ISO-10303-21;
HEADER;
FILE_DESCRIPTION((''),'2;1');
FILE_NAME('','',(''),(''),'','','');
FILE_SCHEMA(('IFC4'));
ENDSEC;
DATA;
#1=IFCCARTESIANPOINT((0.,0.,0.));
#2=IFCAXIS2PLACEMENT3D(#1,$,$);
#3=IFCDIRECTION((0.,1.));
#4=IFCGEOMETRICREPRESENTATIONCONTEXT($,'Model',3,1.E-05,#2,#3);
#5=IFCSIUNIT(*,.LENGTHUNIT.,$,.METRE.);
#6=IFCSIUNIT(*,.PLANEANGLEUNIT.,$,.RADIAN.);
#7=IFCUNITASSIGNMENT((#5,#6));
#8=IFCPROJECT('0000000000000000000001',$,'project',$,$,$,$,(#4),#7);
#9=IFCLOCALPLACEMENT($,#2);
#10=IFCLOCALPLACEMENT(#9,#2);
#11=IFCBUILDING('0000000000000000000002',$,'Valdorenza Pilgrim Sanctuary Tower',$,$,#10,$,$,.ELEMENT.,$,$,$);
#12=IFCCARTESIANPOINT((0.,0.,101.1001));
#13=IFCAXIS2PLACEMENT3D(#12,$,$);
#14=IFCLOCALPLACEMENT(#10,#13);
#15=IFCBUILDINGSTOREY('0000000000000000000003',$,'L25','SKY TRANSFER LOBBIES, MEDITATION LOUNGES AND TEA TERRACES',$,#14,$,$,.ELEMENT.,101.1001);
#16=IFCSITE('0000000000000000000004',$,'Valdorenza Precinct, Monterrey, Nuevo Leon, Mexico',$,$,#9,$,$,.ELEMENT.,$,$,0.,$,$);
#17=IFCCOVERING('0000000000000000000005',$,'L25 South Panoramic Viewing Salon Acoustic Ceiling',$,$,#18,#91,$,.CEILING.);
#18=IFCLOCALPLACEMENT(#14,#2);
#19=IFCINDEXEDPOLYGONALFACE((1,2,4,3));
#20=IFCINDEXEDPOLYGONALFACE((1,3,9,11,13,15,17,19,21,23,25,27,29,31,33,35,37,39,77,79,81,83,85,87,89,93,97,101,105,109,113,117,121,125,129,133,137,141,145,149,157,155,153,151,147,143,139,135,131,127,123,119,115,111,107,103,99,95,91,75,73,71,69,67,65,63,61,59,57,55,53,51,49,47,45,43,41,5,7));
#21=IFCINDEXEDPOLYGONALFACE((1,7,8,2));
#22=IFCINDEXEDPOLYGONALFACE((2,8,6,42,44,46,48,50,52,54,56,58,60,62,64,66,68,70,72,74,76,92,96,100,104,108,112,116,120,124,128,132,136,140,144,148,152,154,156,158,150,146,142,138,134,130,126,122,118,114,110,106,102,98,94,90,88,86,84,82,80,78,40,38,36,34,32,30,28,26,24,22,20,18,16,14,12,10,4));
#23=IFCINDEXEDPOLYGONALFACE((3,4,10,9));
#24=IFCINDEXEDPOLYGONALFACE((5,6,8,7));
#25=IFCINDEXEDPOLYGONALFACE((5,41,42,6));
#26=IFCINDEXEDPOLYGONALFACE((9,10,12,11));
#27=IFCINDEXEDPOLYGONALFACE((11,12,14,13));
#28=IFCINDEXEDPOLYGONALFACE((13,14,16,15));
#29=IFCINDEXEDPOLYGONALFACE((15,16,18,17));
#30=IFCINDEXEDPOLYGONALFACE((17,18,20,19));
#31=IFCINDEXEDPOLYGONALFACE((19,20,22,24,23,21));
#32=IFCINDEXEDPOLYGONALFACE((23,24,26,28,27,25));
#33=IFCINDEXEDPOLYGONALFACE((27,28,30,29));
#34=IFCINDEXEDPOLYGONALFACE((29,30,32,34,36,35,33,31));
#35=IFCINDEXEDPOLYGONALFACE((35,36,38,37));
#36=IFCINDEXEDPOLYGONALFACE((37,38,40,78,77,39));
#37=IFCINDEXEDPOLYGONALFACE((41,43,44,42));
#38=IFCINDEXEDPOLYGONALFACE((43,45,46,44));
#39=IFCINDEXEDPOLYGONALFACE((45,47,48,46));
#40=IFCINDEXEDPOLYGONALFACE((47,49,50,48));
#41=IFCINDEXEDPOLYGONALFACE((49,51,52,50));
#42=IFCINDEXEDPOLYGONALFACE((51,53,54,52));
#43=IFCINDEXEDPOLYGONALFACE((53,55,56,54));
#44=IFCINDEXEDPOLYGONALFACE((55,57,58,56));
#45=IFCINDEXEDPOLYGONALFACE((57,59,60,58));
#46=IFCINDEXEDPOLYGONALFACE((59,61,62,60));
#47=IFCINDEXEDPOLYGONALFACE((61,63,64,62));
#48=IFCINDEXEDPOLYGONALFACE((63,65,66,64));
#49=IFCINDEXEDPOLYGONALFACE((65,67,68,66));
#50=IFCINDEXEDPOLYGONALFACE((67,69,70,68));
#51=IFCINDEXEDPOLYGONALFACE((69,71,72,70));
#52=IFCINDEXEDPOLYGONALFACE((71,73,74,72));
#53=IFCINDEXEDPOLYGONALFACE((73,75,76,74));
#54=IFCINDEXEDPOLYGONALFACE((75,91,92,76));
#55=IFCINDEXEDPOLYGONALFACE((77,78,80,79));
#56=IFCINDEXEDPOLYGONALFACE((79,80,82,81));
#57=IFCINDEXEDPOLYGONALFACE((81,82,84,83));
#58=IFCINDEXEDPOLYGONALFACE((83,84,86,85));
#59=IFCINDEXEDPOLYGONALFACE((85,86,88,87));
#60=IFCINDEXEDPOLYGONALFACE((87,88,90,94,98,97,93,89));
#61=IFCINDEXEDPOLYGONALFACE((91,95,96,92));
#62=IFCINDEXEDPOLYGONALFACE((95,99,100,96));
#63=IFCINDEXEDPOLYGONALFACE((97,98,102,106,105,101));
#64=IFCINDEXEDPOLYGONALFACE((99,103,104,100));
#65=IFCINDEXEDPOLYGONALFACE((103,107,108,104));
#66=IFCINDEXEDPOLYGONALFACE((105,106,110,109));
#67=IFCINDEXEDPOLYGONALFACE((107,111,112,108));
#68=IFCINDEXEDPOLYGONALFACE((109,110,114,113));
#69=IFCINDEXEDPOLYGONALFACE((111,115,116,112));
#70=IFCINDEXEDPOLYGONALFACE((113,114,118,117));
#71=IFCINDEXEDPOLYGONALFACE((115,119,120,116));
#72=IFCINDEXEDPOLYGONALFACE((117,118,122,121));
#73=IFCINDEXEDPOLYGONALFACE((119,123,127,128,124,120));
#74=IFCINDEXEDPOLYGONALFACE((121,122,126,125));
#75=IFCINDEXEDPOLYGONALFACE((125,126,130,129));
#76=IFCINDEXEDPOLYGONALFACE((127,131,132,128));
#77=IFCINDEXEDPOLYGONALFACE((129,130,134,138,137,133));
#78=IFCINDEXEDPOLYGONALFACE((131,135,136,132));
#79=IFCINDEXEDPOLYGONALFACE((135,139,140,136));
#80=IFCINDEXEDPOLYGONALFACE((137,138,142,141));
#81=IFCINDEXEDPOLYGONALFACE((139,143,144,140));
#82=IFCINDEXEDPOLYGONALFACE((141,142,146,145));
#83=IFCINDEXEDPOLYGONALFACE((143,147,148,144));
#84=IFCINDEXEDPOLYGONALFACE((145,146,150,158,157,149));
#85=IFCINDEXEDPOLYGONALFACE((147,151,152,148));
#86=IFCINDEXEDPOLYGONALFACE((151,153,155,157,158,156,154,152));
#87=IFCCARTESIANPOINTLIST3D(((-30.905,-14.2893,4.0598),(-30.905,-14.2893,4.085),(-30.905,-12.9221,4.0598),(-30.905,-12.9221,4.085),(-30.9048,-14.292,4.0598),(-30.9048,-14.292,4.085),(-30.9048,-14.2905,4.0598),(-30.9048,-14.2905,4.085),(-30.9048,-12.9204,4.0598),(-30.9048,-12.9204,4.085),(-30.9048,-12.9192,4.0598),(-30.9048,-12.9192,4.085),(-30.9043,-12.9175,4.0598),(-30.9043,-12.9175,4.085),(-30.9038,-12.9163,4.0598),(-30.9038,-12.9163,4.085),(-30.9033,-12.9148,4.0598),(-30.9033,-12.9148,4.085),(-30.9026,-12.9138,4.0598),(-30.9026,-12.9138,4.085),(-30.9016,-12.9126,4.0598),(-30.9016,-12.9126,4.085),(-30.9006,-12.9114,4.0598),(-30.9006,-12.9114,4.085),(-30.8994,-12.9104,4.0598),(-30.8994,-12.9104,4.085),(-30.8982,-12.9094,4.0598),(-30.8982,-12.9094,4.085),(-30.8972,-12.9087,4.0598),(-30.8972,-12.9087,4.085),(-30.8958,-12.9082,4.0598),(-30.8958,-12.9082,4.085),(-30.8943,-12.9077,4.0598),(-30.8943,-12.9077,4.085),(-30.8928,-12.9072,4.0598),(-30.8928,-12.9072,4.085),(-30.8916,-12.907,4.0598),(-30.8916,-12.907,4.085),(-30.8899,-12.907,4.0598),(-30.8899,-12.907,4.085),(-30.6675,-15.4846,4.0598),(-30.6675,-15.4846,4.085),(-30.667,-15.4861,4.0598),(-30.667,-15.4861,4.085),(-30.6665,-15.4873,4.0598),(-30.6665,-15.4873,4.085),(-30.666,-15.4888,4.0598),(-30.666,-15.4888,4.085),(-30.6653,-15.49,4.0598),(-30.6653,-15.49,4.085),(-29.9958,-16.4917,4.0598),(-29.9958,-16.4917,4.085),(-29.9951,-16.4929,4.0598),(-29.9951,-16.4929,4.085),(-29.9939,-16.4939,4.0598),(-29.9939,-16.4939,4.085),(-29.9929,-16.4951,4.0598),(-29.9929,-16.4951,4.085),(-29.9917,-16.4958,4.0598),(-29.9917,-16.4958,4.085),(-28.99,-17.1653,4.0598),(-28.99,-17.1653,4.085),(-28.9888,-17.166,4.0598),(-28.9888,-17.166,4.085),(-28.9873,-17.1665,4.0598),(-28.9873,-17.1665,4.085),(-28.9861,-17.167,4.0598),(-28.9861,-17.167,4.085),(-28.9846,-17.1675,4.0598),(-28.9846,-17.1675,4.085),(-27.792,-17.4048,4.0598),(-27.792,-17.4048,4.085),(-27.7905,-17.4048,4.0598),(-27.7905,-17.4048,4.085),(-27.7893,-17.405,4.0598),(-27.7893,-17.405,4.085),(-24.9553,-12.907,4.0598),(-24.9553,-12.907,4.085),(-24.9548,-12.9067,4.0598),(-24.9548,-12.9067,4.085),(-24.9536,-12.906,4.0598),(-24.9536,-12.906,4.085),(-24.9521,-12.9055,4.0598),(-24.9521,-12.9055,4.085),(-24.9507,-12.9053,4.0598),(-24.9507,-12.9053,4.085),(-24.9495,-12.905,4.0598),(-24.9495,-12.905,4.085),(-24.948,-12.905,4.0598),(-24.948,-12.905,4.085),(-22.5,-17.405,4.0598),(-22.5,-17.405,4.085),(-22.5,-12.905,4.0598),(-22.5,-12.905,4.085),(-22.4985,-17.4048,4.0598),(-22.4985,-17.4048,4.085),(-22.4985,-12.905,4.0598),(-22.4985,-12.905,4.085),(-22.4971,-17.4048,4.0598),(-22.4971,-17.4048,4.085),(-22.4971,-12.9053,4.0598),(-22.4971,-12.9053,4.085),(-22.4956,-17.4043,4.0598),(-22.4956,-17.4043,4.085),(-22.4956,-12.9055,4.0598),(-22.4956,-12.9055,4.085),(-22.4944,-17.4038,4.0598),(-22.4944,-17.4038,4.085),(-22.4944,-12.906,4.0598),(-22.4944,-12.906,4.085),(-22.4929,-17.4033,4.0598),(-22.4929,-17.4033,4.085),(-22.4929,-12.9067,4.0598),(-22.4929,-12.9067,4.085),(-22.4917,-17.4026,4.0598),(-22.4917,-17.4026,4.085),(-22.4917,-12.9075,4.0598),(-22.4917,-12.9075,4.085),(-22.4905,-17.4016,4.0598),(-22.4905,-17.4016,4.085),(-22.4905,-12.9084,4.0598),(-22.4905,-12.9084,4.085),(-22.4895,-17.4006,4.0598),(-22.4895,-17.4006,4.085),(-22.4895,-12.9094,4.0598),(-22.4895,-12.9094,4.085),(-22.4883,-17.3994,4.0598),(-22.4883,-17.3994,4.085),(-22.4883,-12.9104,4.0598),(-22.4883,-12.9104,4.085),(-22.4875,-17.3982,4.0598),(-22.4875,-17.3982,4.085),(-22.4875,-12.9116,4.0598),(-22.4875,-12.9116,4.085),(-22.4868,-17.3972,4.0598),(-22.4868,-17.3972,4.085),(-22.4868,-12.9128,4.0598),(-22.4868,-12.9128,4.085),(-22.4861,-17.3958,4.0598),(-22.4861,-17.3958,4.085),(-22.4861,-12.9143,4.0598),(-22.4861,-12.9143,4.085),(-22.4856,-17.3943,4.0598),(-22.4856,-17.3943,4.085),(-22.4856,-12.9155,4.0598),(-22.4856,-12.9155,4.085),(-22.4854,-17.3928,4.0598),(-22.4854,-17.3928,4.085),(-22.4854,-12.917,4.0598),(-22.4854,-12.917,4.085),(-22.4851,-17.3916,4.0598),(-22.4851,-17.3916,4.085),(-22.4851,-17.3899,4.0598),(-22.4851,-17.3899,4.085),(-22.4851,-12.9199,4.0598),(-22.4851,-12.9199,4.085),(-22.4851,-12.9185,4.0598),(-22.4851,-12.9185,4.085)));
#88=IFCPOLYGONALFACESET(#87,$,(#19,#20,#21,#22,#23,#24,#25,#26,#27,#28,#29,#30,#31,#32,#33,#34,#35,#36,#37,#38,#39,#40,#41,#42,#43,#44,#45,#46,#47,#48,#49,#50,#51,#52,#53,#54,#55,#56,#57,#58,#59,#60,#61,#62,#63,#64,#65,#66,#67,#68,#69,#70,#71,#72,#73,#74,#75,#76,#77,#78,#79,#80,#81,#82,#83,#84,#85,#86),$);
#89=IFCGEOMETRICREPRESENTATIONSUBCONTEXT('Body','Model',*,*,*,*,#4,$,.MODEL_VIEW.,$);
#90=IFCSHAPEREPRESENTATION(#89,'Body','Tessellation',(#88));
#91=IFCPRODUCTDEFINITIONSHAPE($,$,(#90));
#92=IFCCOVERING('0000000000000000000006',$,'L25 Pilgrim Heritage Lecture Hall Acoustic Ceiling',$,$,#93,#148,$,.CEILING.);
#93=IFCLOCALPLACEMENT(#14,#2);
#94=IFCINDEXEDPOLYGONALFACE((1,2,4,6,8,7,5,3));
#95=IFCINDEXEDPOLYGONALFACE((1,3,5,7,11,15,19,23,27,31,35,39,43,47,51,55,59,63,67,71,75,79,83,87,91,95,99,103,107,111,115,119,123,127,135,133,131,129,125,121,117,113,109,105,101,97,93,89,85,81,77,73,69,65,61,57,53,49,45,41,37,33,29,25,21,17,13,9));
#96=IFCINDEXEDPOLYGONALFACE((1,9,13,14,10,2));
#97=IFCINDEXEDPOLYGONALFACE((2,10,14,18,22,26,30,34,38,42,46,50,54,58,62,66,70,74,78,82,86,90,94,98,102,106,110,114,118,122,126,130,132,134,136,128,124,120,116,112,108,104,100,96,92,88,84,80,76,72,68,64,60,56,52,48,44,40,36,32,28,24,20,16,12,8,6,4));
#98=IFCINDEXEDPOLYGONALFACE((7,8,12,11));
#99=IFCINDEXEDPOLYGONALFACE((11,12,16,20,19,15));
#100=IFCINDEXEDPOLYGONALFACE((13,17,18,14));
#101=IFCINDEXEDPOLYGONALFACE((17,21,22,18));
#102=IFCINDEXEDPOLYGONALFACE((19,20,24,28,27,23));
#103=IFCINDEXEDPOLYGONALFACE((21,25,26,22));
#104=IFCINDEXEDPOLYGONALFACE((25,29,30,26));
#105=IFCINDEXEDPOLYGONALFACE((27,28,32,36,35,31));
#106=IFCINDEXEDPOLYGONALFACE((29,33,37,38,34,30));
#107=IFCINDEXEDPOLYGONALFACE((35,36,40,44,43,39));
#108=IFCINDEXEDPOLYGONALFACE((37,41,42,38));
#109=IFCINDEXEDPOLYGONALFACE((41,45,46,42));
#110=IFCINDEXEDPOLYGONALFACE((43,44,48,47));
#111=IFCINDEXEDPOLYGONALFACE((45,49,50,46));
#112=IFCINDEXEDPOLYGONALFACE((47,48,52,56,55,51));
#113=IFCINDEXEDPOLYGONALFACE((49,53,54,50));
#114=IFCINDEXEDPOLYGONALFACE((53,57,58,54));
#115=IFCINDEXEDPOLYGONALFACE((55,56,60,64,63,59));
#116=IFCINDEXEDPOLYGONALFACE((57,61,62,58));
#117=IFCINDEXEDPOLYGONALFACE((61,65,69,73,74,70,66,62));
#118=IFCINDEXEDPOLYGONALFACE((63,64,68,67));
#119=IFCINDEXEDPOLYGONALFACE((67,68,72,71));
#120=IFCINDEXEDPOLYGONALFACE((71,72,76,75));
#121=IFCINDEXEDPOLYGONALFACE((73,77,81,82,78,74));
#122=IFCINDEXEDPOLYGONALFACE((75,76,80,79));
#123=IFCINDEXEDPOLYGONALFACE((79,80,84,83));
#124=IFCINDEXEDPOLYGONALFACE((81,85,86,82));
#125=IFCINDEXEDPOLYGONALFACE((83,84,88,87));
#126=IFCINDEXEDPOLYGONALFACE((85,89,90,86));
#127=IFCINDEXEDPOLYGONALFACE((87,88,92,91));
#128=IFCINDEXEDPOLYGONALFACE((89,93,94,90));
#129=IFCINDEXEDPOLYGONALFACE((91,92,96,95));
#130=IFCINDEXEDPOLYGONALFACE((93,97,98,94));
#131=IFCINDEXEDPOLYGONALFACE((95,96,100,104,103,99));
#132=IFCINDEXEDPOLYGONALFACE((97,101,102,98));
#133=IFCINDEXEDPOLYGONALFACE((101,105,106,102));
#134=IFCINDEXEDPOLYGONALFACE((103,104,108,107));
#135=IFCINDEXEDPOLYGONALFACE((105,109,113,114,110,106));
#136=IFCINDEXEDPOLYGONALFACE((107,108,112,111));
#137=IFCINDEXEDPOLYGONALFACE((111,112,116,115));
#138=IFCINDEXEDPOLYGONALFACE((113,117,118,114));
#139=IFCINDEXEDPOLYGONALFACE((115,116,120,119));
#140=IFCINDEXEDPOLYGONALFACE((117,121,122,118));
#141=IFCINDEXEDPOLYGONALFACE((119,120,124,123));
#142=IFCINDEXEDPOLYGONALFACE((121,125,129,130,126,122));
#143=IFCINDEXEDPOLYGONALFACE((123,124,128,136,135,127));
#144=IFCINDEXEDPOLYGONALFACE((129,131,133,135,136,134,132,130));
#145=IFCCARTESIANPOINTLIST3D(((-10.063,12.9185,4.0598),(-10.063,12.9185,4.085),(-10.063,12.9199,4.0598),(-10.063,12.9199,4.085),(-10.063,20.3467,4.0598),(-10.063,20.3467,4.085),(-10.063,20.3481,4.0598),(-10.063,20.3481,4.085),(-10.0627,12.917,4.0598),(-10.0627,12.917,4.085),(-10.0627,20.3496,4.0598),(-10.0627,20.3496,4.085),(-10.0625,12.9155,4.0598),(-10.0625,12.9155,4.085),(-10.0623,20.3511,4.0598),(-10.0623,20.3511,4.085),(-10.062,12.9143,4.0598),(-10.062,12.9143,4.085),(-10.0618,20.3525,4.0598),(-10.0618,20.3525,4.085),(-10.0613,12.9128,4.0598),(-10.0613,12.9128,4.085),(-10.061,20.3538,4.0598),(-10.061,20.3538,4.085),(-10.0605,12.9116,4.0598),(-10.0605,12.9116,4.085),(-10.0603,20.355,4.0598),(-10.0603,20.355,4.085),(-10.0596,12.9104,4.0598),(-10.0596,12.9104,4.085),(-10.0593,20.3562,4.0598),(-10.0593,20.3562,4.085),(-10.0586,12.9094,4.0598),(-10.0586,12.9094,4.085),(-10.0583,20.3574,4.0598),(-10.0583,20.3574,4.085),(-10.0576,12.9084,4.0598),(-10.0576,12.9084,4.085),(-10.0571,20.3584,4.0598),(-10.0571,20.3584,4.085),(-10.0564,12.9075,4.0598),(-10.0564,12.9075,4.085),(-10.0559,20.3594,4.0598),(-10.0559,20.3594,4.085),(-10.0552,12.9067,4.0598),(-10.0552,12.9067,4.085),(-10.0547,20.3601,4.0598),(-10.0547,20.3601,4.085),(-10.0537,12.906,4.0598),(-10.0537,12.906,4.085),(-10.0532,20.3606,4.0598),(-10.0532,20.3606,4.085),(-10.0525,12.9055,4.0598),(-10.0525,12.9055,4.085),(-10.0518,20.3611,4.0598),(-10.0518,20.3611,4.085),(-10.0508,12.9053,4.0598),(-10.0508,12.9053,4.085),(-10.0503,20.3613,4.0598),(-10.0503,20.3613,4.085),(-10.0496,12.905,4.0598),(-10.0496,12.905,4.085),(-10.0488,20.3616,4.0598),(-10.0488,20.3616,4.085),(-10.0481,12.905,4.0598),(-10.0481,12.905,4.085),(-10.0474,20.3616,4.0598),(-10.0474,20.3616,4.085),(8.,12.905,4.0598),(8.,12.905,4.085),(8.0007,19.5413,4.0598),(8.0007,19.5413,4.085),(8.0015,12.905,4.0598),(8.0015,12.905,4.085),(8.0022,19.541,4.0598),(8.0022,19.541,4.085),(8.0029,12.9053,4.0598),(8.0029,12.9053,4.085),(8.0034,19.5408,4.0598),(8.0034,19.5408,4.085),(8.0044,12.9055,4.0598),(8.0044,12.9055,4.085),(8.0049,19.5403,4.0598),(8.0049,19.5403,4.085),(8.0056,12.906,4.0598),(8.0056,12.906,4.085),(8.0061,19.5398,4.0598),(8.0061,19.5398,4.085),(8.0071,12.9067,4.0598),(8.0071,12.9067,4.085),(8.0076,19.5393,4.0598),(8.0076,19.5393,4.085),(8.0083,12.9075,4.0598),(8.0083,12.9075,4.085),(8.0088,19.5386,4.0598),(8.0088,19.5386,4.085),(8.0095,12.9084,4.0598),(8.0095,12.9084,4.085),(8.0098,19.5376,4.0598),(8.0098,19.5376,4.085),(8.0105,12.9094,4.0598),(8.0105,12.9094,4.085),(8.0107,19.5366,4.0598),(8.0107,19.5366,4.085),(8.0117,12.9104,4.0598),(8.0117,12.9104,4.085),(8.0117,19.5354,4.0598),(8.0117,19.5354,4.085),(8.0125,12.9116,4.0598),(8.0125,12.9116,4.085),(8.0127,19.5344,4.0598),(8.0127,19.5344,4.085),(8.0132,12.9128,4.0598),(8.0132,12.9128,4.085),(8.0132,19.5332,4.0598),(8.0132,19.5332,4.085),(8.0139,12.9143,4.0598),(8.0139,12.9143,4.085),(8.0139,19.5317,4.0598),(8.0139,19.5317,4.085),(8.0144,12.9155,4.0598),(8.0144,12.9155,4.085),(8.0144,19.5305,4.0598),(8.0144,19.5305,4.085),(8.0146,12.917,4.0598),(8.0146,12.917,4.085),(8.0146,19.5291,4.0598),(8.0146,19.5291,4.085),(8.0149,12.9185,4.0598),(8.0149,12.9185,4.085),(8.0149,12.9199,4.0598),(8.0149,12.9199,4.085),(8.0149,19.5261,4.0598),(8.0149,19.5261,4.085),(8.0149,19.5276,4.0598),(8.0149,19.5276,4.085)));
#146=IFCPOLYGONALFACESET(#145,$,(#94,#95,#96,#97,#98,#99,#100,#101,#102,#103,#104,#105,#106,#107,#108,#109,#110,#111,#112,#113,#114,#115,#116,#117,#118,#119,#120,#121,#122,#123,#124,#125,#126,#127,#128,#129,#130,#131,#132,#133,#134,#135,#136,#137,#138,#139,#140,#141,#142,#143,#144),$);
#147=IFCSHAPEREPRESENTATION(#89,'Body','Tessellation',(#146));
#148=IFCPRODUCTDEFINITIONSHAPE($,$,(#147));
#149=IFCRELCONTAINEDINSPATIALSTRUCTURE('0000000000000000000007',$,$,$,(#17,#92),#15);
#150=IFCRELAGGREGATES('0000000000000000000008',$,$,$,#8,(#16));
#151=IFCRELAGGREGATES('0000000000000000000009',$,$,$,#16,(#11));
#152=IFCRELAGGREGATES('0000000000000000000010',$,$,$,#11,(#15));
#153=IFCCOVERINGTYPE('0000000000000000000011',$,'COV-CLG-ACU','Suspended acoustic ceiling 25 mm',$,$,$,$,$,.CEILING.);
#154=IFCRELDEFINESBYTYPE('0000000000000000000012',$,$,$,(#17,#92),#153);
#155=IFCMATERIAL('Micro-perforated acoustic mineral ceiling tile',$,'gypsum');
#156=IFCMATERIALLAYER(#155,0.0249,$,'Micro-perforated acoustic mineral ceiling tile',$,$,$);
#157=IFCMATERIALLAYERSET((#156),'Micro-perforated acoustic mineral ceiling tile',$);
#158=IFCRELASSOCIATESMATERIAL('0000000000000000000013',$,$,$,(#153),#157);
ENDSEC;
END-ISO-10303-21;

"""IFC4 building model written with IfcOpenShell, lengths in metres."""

from ifc_helpers import new_model, si_unit, direction, frame, origin, place, context, subcontext, project, spatial, polyline, outline, extrude, material, layer, layer_set, type_object, element, save


model = new_model("IFC4")

# Units and contexts
model_context = context("Model", 3, precision=1e-05, world=origin(), true_north=direction((0.0, 1.0)))
body_context = subcontext(model_context, "Body", "Model", "MODEL_VIEW")
ifc_project = project(units=[si_unit("LENGTHUNIT", "METRE"), si_unit("PLANEANGLEUNIT", "RADIAN")], contexts=[model_context])

# Site, building, storey
site_placement = place(None, origin())
site = spatial("IfcSite", under=ifc_project, at=site_placement, Name="Valdorenza Precinct, Monterrey, Nuevo Leon, Mexico", CompositionType="ELEMENT", RefElevation=0.0)
building_placement = place(site_placement, origin())
building = spatial("IfcBuilding", under=site, at=building_placement, Name="Valdorenza Pilgrim Sanctuary Tower", CompositionType="ELEMENT")
storey_placement = place(building_placement, frame((0.0, 0.0, 101.1001)))
storey = spatial("IfcBuildingStorey", under=building, at=storey_placement, Name="L25", Description="SKY TRANSFER LOBBIES, MEDITATION LOUNGES AND TEA TERRACES", CompositionType="ELEMENT", Elevation=101.1001)

# Coverings
ifc_material_1 = material(Name="Micro-perforated acoustic mineral ceiling tile", Category="gypsum")
ifc_layer_1 = layer(ifc_material_1, 0.0249, Name="Micro-perforated acoustic mineral ceiling tile")
ifc_layer_set_1 = layer_set([ifc_layer_1], Name="Micro-perforated acoustic mineral ceiling tile")
covering_type_1 = type_object("IfcCoveringType", Name="COV-CLG-ACU", Description="Suspended acoustic ceiling 25 mm", PredefinedType="CEILING", material=ifc_layer_set_1)
covering_1_placement = place(storey_placement, frame((0.0, 0.0, 4.0598)))
element("IfcCovering", 1, at=covering_1_placement, inside=storey, type_object=covering_type_1, Name="L25 South Panoramic Viewing Salon Acoustic Ceiling", PredefinedType="CEILING", context=body_context, shape_type="SweptSolid", body=[
    extrude(outline(polyline([(-24.9553, -12.907), (-24.9548, -12.9067), (-24.9536, -12.906), (-24.9521, -12.9055), (-24.9507, -12.9053), (-24.9495, -12.905), (-24.948, -12.905), (-22.5, -12.905), (-22.4985, -12.905), (-22.4971, -12.9053), (-22.4956, -12.9055), (-22.4944, -12.906), (-22.4929, -12.9067), (-22.4917, -12.9075), (-22.4905, -12.9084), (-22.4895, -12.9094), (-22.4883, -12.9104), (-22.4875, -12.9116), (-22.4868, -12.9128), (-22.4861, -12.9143), (-22.4856, -12.9155), (-22.4854, -12.917), (-22.4851, -12.9185), (-22.4851, -12.9199), (-22.4851, -17.3899), (-22.4851, -17.3916), (-22.4854, -17.3928), (-22.4856, -17.3943), (-22.4861, -17.3958), (-22.4868, -17.3972), (-22.4875, -17.3982), (-22.4883, -17.3994), (-22.4895, -17.4006), (-22.4905, -17.4016), (-22.4917, -17.4026), (-22.4929, -17.4033), (-22.4944, -17.4038), (-22.4956, -17.4043), (-22.4971, -17.4048), (-22.4985, -17.4048), (-22.5, -17.405), (-27.7893, -17.405), (-27.7905, -17.4048), (-27.792, -17.4048), (-28.9846, -17.1675), (-28.9861, -17.167), (-28.9873, -17.1665), (-28.9888, -17.166), (-28.99, -17.1653), (-29.9917, -16.4958), (-29.9929, -16.4951), (-29.9939, -16.4939), (-29.9951, -16.4929), (-29.9958, -16.4917), (-30.6653, -15.49), (-30.666, -15.4888), (-30.6665, -15.4873), (-30.667, -15.4861), (-30.6675, -15.4846), (-30.9048, -14.292), (-30.9048, -14.2905), (-30.905, -14.2893), (-30.905, -12.9221), (-30.9048, -12.9204), (-30.9048, -12.9192), (-30.9043, -12.9175), (-30.9038, -12.9163), (-30.9033, -12.9148), (-30.9026, -12.9138), (-30.9016, -12.9126), (-30.9006, -12.9114), (-30.8994, -12.9104), (-30.8982, -12.9094), (-30.8972, -12.9087), (-30.8958, -12.9082), (-30.8943, -12.9077), (-30.8928, -12.9072), (-30.8916, -12.907), (-30.8899, -12.907), (-24.9553, -12.907)])), origin(), (0.0, 0.0, 1.0), 0.0251),
])
covering_2_placement = place(storey_placement, frame((0.0, 0.0, 4.0598)))
element("IfcCovering", 2, at=covering_2_placement, inside=storey, type_object=covering_type_1, Name="L25 Pilgrim Heritage Lecture Hall Acoustic Ceiling", PredefinedType="CEILING", context=body_context, shape_type="SweptSolid", body=[
    extrude(outline(polyline([(-10.0481, 12.905), (-10.0496, 12.905), (-10.0508, 12.9053), (-10.0525, 12.9055), (-10.0537, 12.906), (-10.0552, 12.9067), (-10.0564, 12.9075), (-10.0576, 12.9084), (-10.0586, 12.9094), (-10.0596, 12.9104), (-10.0605, 12.9116), (-10.0613, 12.9128), (-10.062, 12.9143), (-10.0625, 12.9155), (-10.0627, 12.917), (-10.063, 12.9185), (-10.063, 12.9199), (-10.063, 20.3467), (-10.063, 20.3481), (-10.0627, 20.3496), (-10.0623, 20.3511), (-10.0618, 20.3525), (-10.061, 20.3538), (-10.0603, 20.355), (-10.0593, 20.3562), (-10.0583, 20.3574), (-10.0571, 20.3584), (-10.0559, 20.3594), (-10.0547, 20.3601), (-10.0532, 20.3606), (-10.0518, 20.3611), (-10.0503, 20.3613), (-10.0488, 20.3616), (-10.0474, 20.3616), (8.0007, 19.5413), (8.0022, 19.541), (8.0034, 19.5408), (8.0049, 19.5403), (8.0061, 19.5398), (8.0076, 19.5393), (8.0088, 19.5386), (8.0098, 19.5376), (8.0107, 19.5366), (8.0117, 19.5354), (8.0127, 19.5344), (8.0132, 19.5332), (8.0139, 19.5317), (8.0144, 19.5305), (8.0146, 19.5291), (8.0149, 19.5276), (8.0149, 19.5261), (8.0149, 12.9199), (8.0149, 12.9185), (8.0146, 12.917), (8.0144, 12.9155), (8.0139, 12.9143), (8.0132, 12.9128), (8.0125, 12.9116), (8.0117, 12.9104), (8.0105, 12.9094), (8.0095, 12.9084), (8.0083, 12.9075), (8.0071, 12.9067), (8.0056, 12.906), (8.0044, 12.9055), (8.0029, 12.9053), (8.0015, 12.905), (8.0, 12.905), (-10.0481, 12.905)])), origin(), (0.0, 0.0, 1.0), 0.0251),
])

save(model, "model.ifc")
